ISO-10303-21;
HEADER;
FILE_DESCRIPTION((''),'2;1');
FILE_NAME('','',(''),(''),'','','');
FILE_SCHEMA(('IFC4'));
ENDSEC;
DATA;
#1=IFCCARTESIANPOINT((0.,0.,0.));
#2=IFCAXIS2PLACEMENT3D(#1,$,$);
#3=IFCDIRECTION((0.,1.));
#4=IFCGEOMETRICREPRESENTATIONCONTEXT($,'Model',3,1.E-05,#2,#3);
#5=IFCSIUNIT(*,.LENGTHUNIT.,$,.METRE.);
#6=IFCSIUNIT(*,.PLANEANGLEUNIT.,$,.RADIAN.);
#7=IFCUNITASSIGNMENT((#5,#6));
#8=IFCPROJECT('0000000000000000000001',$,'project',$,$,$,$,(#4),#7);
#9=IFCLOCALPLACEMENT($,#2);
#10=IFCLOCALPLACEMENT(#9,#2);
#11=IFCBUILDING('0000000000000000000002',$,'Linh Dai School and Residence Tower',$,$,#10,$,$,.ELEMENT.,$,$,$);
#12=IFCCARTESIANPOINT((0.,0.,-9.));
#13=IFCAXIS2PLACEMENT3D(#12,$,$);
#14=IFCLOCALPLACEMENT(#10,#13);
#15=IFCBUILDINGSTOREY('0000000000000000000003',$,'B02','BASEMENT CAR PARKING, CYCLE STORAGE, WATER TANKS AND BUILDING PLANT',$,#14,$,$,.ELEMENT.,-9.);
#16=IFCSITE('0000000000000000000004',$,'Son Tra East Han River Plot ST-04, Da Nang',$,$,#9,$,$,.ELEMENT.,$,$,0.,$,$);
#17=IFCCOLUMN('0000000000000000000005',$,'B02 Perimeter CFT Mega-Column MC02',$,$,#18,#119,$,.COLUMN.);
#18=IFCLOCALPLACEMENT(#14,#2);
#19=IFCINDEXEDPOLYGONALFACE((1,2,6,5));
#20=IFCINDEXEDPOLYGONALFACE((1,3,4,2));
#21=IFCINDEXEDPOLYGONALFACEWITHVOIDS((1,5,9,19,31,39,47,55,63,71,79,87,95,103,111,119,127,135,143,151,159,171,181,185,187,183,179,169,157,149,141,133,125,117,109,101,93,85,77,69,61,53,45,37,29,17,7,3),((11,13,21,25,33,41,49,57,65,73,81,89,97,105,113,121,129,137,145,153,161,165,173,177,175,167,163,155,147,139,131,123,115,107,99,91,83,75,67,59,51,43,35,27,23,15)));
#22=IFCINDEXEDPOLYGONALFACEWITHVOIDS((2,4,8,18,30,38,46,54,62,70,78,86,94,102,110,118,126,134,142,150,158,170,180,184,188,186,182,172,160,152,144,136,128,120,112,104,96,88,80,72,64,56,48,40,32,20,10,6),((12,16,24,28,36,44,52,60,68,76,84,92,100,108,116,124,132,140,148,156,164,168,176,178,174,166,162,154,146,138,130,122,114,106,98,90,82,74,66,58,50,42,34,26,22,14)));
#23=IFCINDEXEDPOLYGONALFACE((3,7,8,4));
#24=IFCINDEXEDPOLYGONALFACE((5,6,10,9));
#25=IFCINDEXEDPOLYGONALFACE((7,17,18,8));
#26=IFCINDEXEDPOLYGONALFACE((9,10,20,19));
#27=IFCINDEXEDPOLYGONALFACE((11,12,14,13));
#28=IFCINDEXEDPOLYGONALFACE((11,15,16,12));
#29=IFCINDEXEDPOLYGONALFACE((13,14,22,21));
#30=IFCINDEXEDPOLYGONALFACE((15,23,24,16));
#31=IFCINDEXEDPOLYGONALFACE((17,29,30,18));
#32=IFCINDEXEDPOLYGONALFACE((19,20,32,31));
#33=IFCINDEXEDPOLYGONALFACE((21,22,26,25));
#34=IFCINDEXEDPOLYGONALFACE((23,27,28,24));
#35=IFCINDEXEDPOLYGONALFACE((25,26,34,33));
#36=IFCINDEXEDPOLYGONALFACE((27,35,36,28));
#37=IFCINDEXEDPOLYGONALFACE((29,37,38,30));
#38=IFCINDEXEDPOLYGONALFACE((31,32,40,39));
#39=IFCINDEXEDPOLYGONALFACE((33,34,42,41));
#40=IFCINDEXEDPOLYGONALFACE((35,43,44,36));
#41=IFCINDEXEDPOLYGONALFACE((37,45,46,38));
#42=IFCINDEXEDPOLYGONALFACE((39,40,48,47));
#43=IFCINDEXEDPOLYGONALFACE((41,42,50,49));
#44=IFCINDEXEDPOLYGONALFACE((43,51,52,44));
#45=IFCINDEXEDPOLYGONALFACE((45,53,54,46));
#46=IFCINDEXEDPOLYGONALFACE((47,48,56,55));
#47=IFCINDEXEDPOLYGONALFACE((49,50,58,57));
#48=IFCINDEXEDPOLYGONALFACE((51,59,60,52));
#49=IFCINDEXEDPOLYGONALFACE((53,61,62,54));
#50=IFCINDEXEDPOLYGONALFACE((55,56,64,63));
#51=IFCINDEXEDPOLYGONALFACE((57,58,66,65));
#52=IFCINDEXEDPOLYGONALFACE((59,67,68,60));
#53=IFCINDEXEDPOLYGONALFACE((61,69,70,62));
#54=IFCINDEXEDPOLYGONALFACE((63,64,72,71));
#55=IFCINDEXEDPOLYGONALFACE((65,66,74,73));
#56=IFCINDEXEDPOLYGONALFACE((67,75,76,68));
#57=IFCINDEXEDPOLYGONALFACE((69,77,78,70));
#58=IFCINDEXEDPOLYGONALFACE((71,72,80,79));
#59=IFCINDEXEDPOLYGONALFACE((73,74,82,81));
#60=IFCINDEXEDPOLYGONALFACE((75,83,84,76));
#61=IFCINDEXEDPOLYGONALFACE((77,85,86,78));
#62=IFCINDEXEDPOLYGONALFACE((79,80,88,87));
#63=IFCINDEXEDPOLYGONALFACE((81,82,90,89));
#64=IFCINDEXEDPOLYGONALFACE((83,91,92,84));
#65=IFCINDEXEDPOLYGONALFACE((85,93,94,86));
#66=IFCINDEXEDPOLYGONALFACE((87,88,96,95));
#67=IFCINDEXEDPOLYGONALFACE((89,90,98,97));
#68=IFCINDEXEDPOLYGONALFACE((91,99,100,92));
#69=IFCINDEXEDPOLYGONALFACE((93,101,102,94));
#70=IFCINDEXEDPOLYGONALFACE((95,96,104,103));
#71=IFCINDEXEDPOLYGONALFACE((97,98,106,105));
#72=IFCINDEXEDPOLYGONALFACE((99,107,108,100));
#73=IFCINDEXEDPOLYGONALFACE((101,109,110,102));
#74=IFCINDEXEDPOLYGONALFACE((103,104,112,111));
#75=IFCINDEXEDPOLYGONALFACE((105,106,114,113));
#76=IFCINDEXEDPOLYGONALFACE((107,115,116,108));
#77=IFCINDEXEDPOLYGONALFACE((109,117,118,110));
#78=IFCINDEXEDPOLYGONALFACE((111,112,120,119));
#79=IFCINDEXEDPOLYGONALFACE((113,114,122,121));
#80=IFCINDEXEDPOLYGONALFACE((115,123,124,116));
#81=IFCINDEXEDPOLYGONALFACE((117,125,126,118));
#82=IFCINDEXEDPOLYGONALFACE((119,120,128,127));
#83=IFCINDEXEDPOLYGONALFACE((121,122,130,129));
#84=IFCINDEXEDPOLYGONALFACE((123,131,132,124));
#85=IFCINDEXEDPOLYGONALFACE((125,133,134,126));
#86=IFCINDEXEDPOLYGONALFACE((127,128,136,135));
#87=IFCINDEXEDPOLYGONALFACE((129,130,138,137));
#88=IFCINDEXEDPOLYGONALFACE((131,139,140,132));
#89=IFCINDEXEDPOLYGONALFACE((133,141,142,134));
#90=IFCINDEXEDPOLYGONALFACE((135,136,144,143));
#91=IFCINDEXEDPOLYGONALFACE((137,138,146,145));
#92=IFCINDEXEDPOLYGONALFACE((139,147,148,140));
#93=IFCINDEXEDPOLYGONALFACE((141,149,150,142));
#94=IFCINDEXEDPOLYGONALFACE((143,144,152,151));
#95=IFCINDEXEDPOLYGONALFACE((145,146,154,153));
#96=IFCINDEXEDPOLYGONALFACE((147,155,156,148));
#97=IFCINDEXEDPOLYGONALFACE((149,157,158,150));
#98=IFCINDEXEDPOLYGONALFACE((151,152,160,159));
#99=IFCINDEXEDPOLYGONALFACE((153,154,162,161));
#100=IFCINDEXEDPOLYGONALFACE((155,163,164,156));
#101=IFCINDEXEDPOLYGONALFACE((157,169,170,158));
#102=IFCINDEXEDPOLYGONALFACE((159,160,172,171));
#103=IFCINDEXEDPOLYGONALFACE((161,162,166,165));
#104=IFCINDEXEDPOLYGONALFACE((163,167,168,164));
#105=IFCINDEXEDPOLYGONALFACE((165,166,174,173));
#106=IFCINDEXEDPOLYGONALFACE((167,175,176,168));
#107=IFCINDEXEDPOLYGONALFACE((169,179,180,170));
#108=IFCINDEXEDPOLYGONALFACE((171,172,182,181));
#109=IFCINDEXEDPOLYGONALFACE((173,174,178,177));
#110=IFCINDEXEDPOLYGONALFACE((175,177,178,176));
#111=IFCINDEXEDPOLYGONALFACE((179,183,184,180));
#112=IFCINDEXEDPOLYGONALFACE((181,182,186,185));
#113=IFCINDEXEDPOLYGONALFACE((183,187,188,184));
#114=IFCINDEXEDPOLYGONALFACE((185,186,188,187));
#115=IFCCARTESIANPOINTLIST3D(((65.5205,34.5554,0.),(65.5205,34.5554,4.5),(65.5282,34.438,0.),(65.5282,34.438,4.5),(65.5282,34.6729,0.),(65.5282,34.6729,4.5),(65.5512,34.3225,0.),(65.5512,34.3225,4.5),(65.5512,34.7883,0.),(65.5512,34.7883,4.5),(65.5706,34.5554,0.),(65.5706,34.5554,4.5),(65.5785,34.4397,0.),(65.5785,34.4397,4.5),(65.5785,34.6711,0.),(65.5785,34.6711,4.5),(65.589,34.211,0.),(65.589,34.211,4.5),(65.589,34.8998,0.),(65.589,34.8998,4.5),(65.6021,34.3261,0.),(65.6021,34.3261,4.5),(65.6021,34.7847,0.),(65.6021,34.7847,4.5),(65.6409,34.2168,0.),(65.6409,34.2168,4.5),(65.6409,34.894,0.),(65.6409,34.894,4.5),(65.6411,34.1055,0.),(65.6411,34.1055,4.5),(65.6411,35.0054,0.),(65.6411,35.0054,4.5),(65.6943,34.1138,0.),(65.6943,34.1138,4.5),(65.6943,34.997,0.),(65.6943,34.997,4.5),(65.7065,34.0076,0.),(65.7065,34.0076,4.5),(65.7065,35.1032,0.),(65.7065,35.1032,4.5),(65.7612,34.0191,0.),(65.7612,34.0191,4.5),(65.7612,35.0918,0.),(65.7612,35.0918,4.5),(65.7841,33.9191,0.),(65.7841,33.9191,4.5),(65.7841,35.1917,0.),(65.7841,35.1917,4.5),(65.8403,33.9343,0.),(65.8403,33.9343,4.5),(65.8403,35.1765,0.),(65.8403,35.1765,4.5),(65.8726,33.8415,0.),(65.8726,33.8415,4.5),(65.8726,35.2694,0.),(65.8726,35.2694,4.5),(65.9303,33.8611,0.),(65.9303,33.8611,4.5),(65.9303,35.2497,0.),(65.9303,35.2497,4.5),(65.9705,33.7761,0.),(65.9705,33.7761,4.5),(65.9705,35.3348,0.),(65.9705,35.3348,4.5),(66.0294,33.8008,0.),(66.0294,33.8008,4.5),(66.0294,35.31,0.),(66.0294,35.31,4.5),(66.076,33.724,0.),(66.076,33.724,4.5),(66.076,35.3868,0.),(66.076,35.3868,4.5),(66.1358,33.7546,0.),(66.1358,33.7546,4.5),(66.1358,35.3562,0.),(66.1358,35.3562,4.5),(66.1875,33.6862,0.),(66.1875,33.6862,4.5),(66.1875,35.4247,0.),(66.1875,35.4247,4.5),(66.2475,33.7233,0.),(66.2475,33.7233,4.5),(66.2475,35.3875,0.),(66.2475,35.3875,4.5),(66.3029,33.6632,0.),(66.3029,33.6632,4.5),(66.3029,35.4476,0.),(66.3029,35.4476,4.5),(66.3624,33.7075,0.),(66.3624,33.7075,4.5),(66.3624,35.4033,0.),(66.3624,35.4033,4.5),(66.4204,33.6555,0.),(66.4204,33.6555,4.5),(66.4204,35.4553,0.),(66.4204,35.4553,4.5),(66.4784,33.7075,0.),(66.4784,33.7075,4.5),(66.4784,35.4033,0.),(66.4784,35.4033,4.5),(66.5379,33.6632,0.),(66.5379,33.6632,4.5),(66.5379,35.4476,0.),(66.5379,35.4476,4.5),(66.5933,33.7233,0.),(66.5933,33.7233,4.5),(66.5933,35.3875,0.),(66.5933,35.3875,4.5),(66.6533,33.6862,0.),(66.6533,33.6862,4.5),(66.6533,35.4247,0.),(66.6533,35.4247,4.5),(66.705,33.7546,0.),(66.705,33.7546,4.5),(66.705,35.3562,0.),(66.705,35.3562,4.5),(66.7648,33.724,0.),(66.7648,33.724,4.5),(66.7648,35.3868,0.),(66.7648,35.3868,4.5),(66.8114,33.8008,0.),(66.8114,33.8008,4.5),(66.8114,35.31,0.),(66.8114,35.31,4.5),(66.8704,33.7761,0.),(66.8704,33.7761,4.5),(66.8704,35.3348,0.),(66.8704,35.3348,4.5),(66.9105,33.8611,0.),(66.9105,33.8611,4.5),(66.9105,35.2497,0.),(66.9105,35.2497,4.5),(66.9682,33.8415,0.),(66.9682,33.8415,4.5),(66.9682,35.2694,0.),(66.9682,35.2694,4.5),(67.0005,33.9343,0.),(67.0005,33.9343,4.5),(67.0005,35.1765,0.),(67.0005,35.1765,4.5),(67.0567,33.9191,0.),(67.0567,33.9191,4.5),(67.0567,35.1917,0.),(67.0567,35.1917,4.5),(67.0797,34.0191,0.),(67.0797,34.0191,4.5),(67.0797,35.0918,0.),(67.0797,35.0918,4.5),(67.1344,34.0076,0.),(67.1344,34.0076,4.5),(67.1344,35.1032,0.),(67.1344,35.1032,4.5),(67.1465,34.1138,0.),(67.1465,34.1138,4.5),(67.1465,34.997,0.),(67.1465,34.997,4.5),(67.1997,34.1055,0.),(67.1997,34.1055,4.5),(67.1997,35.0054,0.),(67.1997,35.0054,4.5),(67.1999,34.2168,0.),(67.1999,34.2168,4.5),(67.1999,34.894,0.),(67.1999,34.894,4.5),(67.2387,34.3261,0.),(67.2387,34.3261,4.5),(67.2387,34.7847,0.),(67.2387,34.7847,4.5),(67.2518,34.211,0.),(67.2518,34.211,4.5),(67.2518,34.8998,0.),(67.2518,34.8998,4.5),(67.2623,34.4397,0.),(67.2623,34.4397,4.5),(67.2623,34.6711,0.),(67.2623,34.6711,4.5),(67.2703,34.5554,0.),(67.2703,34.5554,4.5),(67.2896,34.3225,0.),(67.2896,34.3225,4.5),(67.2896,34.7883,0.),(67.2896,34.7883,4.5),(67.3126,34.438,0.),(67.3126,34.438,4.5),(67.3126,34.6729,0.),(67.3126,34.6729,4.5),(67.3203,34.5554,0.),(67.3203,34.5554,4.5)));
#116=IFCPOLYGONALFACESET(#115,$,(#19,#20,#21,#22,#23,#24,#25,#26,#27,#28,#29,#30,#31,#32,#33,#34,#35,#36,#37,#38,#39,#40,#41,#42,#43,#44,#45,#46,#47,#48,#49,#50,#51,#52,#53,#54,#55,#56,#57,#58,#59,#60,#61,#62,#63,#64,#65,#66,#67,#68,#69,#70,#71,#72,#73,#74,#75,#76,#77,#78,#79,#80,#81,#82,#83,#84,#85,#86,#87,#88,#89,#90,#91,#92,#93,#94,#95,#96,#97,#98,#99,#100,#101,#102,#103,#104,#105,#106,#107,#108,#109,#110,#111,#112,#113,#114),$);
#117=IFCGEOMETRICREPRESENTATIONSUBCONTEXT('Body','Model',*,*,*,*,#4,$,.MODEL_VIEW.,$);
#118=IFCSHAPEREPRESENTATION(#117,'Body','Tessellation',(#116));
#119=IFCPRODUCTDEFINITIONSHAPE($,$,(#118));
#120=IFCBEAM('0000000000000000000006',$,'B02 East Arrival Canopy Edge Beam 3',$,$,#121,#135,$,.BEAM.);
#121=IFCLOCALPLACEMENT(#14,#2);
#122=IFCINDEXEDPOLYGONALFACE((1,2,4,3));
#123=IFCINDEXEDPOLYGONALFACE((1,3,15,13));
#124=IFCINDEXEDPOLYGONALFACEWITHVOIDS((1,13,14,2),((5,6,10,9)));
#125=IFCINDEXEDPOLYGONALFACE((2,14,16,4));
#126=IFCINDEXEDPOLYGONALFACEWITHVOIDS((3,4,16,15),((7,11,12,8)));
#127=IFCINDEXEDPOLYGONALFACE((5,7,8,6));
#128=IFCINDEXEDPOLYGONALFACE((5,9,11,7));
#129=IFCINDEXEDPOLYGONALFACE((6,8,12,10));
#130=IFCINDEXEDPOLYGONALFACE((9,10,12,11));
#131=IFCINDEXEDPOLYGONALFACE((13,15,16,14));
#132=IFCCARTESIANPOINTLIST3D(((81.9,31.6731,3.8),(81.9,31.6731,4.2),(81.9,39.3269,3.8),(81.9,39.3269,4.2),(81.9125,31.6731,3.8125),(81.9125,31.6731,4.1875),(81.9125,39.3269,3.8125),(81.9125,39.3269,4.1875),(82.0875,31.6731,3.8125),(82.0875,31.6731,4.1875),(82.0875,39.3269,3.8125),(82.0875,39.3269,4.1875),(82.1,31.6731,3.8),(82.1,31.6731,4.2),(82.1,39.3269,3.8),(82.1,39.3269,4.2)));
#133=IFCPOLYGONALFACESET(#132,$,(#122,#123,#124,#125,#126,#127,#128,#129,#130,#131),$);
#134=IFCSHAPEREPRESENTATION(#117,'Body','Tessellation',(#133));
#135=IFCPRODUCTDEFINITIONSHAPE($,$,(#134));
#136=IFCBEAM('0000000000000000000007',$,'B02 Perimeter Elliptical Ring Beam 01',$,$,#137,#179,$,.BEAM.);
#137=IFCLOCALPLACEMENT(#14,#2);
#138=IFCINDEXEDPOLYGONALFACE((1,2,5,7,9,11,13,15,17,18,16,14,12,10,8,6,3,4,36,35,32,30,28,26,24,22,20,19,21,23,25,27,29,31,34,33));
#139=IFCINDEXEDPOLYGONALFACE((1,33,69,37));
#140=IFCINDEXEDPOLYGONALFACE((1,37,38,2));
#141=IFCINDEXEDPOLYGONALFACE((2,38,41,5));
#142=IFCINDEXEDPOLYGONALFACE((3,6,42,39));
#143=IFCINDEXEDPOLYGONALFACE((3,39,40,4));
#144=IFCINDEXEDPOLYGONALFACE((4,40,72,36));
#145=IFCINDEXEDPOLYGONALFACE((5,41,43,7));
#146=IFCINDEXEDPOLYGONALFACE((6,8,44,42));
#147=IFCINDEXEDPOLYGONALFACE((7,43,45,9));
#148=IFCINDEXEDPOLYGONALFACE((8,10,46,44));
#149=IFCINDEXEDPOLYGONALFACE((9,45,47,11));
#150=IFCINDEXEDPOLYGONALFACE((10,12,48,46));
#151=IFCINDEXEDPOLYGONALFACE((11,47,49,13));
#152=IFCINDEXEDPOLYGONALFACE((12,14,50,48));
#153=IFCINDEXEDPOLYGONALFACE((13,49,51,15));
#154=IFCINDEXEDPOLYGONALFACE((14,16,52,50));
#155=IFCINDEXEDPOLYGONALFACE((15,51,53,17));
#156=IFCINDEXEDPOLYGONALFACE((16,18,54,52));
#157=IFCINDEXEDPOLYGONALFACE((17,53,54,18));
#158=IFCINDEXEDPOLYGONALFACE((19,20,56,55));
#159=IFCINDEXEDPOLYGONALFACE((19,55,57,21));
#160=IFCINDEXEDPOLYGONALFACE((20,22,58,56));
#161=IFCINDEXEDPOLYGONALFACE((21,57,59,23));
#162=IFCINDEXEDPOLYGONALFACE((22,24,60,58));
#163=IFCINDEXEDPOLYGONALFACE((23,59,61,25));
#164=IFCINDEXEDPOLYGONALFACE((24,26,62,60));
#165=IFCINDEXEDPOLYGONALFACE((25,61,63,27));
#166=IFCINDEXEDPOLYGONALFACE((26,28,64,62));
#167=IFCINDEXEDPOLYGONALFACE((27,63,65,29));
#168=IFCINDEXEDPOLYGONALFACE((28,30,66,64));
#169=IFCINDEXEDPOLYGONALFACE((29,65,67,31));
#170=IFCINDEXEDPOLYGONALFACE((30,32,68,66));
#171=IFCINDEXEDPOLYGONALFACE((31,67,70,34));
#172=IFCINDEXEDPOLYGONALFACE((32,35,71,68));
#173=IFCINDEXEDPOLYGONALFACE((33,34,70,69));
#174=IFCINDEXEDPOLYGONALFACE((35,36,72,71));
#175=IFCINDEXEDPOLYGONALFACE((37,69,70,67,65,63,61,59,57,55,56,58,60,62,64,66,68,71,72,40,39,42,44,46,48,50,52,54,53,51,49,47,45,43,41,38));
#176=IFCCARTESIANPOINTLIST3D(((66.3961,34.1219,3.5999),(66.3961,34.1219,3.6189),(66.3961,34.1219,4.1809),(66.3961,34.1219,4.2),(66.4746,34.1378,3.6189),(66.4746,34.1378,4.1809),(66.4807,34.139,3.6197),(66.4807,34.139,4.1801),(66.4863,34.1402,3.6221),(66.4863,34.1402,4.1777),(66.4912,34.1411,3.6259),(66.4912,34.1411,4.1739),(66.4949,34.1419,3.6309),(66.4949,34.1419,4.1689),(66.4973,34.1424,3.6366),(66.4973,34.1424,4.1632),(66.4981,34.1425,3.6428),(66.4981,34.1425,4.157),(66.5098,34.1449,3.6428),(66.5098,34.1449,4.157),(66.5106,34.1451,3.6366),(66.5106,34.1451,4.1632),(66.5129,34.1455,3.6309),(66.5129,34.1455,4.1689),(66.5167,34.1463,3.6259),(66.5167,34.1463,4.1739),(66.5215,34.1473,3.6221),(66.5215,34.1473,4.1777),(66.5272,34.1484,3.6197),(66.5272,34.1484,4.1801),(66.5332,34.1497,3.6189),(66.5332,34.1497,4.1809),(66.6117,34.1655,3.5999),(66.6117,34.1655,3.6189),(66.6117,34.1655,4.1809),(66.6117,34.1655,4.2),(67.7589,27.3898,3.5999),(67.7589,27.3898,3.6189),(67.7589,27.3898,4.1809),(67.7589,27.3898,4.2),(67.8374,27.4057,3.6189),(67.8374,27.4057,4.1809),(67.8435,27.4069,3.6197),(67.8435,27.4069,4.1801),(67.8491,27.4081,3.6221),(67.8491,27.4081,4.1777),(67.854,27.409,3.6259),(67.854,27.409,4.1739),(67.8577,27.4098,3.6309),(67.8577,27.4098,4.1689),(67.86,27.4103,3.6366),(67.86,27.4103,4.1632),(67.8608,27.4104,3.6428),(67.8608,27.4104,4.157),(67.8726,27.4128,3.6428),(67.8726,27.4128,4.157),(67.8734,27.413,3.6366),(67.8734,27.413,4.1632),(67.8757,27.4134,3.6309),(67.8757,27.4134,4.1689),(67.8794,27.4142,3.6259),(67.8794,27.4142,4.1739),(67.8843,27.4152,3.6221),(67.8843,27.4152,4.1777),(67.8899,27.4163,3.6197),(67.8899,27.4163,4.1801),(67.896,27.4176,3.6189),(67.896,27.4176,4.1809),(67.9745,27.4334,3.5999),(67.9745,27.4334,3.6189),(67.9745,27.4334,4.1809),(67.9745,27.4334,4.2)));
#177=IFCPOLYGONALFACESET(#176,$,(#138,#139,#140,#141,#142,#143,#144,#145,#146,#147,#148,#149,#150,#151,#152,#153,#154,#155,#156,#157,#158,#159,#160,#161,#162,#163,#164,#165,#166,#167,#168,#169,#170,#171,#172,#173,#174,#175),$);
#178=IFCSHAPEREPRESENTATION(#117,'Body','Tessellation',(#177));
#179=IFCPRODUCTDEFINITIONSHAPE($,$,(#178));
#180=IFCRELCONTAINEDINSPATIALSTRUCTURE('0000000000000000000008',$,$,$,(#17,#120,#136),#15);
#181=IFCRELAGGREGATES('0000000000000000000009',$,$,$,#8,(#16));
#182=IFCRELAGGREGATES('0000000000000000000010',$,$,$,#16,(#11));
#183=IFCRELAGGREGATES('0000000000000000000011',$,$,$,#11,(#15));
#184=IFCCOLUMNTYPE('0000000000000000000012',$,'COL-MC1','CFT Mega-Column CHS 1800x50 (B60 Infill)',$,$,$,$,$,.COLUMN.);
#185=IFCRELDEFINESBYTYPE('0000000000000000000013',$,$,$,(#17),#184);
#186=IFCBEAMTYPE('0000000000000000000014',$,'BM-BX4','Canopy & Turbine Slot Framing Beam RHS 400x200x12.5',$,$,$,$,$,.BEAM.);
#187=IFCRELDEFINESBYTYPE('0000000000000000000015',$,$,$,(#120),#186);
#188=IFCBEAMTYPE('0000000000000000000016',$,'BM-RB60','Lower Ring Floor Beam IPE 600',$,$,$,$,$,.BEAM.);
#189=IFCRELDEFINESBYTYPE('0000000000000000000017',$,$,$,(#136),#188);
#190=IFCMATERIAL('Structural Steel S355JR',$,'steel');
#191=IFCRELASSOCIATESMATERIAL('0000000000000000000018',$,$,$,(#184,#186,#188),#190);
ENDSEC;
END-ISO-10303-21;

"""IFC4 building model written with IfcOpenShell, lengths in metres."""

from ifc_helpers import new_model, si_unit, direction, frame, origin, origin_2d, place, context, subcontext, project, spatial, hollow_rectangle, hollow_circle, i_section, extrude, material, material_profile, profile_set, type_object, element, save


model = new_model("IFC4")

# Units and contexts
model_context = context("Model", 3, precision=1e-05, world=origin(), true_north=direction((0.0, 1.0)))
body_context = subcontext(model_context, "Body", "Model", "MODEL_VIEW")
ifc_project = project(units=[si_unit("LENGTHUNIT", "METRE"), si_unit("PLANEANGLEUNIT", "RADIAN")], contexts=[model_context])

# Site, building, storey
site_placement = place(None, origin())
site = spatial("IfcSite", under=ifc_project, at=site_placement, Name="Son Tra East Han River Plot ST-04, Da Nang", CompositionType="ELEMENT", RefElevation=0.0)
building_placement = place(site_placement, origin())
building = spatial("IfcBuilding", under=site, at=building_placement, Name="Linh Dai School and Residence Tower", CompositionType="ELEMENT")
storey_placement = place(building_placement, frame((0.0, 0.0, -9.0)))
storey = spatial("IfcBuildingStorey", under=building, at=storey_placement, Name="B02", Description="BASEMENT CAR PARKING, CYCLE STORAGE, WATER TANKS AND BUILDING PLANT", CompositionType="ELEMENT", Elevation=-9.0)

# Column
ifc_material_1 = material(Name="Structural Steel S355JR", Category="steel")
ifc_material_profile_1 = material_profile(ifc_material_1, hollow_circle(Radius=0.8999, WallThickness=0.05, at=origin_2d()), Name="CHS 1800x50")
ifc_profile_set_1 = profile_set([ifc_material_profile_1], Name="Structural Steel S355JR")
column_type_1 = type_object("IfcColumnType", Name="COL-MC1", Description="CFT Mega-Column CHS 1800x50 (B60 Infill)", PredefinedType="COLUMN", material=ifc_profile_set_1)
for number, where, z_axis, x_axis, name in (
    (1, (66.4204, 34.5554, 0.0), (0.0, 0.0, 1.0), (1.0, 0.0, 0.0), "B02 Perimeter CFT Mega-Column MC02"),
):
    element("IfcColumn", number, at=place(storey_placement, frame(where, z_axis=z_axis, x_axis=x_axis)), inside=storey, type_object=column_type_1, Name=name, PredefinedType="COLUMN", context=body_context, shape_type="SweptSolid", body=[
        extrude(hollow_circle(Radius=0.8999, WallThickness=0.05, at=origin_2d()), origin(), (0.0, 0.0, 1.0), 4.5),
    ])

# Beams
ifc_material_profile_2 = material_profile(ifc_material_1, hollow_rectangle(XDim=0.2, YDim=0.3999, WallThickness=0.0125, at=origin_2d()), Name="RHS 400x200x12.5")
ifc_profile_set_2 = profile_set([ifc_material_profile_2], Name="Structural Steel S355JR")
beam_type_1 = type_object("IfcBeamType", Name="BM-BX4", Description="Canopy & Turbine Slot Framing Beam RHS 400x200x12.5", PredefinedType="BEAM", material=ifc_profile_set_2)
beam_1_placement = place(storey_placement, frame((82.0, 31.6731, 4.0), z_axis=(0.0, 1.0, 0.0), x_axis=(-1.0, 0.0, 0.0)))
element("IfcBeam", 2, at=beam_1_placement, inside=storey, type_object=beam_type_1, Name="B02 East Arrival Canopy Edge Beam 3", PredefinedType="BEAM", context=body_context, shape_type="SweptSolid", body=[
    extrude(hollow_rectangle(XDim=0.2, YDim=0.3999, WallThickness=0.0125, at=origin_2d()), origin(), (0.0, 0.0, 1.0), 7.6538),
])
ifc_material_profile_3 = material_profile(ifc_material_1, i_section(OverallWidth=0.22, OverallDepth=0.6001, WebThickness=0.012, FlangeThickness=0.019, FilletRadius=0.0239, at=origin_2d()), Name="IPE 600")
ifc_profile_set_3 = profile_set([ifc_material_profile_3], Name="Structural Steel S355JR")
beam_type_2 = type_object("IfcBeamType", Name="BM-RB60", Description="Lower Ring Floor Beam IPE 600", PredefinedType="BEAM", material=ifc_profile_set_3)
beam_2_placement = place(storey_placement, frame((67.8667, 27.4116, 3.8999), z_axis=(-0.198405, 0.98012, 0.0), x_axis=(-0.98012, -0.198405, 0.0)))
element("IfcBeam", 3, at=beam_2_placement, inside=storey, type_object=beam_type_2, Name="B02 Perimeter Elliptical Ring Beam 01", PredefinedType="BEAM", context=body_context, shape_type="SweptSolid", body=[
    extrude(i_section(OverallWidth=0.22, OverallDepth=0.6001, WebThickness=0.012, FlangeThickness=0.019, FilletRadius=0.0239, at=origin_2d()), origin(), (0.0, 0.0, 1.0), 6.8687),
])

save(model, "model.ifc")
